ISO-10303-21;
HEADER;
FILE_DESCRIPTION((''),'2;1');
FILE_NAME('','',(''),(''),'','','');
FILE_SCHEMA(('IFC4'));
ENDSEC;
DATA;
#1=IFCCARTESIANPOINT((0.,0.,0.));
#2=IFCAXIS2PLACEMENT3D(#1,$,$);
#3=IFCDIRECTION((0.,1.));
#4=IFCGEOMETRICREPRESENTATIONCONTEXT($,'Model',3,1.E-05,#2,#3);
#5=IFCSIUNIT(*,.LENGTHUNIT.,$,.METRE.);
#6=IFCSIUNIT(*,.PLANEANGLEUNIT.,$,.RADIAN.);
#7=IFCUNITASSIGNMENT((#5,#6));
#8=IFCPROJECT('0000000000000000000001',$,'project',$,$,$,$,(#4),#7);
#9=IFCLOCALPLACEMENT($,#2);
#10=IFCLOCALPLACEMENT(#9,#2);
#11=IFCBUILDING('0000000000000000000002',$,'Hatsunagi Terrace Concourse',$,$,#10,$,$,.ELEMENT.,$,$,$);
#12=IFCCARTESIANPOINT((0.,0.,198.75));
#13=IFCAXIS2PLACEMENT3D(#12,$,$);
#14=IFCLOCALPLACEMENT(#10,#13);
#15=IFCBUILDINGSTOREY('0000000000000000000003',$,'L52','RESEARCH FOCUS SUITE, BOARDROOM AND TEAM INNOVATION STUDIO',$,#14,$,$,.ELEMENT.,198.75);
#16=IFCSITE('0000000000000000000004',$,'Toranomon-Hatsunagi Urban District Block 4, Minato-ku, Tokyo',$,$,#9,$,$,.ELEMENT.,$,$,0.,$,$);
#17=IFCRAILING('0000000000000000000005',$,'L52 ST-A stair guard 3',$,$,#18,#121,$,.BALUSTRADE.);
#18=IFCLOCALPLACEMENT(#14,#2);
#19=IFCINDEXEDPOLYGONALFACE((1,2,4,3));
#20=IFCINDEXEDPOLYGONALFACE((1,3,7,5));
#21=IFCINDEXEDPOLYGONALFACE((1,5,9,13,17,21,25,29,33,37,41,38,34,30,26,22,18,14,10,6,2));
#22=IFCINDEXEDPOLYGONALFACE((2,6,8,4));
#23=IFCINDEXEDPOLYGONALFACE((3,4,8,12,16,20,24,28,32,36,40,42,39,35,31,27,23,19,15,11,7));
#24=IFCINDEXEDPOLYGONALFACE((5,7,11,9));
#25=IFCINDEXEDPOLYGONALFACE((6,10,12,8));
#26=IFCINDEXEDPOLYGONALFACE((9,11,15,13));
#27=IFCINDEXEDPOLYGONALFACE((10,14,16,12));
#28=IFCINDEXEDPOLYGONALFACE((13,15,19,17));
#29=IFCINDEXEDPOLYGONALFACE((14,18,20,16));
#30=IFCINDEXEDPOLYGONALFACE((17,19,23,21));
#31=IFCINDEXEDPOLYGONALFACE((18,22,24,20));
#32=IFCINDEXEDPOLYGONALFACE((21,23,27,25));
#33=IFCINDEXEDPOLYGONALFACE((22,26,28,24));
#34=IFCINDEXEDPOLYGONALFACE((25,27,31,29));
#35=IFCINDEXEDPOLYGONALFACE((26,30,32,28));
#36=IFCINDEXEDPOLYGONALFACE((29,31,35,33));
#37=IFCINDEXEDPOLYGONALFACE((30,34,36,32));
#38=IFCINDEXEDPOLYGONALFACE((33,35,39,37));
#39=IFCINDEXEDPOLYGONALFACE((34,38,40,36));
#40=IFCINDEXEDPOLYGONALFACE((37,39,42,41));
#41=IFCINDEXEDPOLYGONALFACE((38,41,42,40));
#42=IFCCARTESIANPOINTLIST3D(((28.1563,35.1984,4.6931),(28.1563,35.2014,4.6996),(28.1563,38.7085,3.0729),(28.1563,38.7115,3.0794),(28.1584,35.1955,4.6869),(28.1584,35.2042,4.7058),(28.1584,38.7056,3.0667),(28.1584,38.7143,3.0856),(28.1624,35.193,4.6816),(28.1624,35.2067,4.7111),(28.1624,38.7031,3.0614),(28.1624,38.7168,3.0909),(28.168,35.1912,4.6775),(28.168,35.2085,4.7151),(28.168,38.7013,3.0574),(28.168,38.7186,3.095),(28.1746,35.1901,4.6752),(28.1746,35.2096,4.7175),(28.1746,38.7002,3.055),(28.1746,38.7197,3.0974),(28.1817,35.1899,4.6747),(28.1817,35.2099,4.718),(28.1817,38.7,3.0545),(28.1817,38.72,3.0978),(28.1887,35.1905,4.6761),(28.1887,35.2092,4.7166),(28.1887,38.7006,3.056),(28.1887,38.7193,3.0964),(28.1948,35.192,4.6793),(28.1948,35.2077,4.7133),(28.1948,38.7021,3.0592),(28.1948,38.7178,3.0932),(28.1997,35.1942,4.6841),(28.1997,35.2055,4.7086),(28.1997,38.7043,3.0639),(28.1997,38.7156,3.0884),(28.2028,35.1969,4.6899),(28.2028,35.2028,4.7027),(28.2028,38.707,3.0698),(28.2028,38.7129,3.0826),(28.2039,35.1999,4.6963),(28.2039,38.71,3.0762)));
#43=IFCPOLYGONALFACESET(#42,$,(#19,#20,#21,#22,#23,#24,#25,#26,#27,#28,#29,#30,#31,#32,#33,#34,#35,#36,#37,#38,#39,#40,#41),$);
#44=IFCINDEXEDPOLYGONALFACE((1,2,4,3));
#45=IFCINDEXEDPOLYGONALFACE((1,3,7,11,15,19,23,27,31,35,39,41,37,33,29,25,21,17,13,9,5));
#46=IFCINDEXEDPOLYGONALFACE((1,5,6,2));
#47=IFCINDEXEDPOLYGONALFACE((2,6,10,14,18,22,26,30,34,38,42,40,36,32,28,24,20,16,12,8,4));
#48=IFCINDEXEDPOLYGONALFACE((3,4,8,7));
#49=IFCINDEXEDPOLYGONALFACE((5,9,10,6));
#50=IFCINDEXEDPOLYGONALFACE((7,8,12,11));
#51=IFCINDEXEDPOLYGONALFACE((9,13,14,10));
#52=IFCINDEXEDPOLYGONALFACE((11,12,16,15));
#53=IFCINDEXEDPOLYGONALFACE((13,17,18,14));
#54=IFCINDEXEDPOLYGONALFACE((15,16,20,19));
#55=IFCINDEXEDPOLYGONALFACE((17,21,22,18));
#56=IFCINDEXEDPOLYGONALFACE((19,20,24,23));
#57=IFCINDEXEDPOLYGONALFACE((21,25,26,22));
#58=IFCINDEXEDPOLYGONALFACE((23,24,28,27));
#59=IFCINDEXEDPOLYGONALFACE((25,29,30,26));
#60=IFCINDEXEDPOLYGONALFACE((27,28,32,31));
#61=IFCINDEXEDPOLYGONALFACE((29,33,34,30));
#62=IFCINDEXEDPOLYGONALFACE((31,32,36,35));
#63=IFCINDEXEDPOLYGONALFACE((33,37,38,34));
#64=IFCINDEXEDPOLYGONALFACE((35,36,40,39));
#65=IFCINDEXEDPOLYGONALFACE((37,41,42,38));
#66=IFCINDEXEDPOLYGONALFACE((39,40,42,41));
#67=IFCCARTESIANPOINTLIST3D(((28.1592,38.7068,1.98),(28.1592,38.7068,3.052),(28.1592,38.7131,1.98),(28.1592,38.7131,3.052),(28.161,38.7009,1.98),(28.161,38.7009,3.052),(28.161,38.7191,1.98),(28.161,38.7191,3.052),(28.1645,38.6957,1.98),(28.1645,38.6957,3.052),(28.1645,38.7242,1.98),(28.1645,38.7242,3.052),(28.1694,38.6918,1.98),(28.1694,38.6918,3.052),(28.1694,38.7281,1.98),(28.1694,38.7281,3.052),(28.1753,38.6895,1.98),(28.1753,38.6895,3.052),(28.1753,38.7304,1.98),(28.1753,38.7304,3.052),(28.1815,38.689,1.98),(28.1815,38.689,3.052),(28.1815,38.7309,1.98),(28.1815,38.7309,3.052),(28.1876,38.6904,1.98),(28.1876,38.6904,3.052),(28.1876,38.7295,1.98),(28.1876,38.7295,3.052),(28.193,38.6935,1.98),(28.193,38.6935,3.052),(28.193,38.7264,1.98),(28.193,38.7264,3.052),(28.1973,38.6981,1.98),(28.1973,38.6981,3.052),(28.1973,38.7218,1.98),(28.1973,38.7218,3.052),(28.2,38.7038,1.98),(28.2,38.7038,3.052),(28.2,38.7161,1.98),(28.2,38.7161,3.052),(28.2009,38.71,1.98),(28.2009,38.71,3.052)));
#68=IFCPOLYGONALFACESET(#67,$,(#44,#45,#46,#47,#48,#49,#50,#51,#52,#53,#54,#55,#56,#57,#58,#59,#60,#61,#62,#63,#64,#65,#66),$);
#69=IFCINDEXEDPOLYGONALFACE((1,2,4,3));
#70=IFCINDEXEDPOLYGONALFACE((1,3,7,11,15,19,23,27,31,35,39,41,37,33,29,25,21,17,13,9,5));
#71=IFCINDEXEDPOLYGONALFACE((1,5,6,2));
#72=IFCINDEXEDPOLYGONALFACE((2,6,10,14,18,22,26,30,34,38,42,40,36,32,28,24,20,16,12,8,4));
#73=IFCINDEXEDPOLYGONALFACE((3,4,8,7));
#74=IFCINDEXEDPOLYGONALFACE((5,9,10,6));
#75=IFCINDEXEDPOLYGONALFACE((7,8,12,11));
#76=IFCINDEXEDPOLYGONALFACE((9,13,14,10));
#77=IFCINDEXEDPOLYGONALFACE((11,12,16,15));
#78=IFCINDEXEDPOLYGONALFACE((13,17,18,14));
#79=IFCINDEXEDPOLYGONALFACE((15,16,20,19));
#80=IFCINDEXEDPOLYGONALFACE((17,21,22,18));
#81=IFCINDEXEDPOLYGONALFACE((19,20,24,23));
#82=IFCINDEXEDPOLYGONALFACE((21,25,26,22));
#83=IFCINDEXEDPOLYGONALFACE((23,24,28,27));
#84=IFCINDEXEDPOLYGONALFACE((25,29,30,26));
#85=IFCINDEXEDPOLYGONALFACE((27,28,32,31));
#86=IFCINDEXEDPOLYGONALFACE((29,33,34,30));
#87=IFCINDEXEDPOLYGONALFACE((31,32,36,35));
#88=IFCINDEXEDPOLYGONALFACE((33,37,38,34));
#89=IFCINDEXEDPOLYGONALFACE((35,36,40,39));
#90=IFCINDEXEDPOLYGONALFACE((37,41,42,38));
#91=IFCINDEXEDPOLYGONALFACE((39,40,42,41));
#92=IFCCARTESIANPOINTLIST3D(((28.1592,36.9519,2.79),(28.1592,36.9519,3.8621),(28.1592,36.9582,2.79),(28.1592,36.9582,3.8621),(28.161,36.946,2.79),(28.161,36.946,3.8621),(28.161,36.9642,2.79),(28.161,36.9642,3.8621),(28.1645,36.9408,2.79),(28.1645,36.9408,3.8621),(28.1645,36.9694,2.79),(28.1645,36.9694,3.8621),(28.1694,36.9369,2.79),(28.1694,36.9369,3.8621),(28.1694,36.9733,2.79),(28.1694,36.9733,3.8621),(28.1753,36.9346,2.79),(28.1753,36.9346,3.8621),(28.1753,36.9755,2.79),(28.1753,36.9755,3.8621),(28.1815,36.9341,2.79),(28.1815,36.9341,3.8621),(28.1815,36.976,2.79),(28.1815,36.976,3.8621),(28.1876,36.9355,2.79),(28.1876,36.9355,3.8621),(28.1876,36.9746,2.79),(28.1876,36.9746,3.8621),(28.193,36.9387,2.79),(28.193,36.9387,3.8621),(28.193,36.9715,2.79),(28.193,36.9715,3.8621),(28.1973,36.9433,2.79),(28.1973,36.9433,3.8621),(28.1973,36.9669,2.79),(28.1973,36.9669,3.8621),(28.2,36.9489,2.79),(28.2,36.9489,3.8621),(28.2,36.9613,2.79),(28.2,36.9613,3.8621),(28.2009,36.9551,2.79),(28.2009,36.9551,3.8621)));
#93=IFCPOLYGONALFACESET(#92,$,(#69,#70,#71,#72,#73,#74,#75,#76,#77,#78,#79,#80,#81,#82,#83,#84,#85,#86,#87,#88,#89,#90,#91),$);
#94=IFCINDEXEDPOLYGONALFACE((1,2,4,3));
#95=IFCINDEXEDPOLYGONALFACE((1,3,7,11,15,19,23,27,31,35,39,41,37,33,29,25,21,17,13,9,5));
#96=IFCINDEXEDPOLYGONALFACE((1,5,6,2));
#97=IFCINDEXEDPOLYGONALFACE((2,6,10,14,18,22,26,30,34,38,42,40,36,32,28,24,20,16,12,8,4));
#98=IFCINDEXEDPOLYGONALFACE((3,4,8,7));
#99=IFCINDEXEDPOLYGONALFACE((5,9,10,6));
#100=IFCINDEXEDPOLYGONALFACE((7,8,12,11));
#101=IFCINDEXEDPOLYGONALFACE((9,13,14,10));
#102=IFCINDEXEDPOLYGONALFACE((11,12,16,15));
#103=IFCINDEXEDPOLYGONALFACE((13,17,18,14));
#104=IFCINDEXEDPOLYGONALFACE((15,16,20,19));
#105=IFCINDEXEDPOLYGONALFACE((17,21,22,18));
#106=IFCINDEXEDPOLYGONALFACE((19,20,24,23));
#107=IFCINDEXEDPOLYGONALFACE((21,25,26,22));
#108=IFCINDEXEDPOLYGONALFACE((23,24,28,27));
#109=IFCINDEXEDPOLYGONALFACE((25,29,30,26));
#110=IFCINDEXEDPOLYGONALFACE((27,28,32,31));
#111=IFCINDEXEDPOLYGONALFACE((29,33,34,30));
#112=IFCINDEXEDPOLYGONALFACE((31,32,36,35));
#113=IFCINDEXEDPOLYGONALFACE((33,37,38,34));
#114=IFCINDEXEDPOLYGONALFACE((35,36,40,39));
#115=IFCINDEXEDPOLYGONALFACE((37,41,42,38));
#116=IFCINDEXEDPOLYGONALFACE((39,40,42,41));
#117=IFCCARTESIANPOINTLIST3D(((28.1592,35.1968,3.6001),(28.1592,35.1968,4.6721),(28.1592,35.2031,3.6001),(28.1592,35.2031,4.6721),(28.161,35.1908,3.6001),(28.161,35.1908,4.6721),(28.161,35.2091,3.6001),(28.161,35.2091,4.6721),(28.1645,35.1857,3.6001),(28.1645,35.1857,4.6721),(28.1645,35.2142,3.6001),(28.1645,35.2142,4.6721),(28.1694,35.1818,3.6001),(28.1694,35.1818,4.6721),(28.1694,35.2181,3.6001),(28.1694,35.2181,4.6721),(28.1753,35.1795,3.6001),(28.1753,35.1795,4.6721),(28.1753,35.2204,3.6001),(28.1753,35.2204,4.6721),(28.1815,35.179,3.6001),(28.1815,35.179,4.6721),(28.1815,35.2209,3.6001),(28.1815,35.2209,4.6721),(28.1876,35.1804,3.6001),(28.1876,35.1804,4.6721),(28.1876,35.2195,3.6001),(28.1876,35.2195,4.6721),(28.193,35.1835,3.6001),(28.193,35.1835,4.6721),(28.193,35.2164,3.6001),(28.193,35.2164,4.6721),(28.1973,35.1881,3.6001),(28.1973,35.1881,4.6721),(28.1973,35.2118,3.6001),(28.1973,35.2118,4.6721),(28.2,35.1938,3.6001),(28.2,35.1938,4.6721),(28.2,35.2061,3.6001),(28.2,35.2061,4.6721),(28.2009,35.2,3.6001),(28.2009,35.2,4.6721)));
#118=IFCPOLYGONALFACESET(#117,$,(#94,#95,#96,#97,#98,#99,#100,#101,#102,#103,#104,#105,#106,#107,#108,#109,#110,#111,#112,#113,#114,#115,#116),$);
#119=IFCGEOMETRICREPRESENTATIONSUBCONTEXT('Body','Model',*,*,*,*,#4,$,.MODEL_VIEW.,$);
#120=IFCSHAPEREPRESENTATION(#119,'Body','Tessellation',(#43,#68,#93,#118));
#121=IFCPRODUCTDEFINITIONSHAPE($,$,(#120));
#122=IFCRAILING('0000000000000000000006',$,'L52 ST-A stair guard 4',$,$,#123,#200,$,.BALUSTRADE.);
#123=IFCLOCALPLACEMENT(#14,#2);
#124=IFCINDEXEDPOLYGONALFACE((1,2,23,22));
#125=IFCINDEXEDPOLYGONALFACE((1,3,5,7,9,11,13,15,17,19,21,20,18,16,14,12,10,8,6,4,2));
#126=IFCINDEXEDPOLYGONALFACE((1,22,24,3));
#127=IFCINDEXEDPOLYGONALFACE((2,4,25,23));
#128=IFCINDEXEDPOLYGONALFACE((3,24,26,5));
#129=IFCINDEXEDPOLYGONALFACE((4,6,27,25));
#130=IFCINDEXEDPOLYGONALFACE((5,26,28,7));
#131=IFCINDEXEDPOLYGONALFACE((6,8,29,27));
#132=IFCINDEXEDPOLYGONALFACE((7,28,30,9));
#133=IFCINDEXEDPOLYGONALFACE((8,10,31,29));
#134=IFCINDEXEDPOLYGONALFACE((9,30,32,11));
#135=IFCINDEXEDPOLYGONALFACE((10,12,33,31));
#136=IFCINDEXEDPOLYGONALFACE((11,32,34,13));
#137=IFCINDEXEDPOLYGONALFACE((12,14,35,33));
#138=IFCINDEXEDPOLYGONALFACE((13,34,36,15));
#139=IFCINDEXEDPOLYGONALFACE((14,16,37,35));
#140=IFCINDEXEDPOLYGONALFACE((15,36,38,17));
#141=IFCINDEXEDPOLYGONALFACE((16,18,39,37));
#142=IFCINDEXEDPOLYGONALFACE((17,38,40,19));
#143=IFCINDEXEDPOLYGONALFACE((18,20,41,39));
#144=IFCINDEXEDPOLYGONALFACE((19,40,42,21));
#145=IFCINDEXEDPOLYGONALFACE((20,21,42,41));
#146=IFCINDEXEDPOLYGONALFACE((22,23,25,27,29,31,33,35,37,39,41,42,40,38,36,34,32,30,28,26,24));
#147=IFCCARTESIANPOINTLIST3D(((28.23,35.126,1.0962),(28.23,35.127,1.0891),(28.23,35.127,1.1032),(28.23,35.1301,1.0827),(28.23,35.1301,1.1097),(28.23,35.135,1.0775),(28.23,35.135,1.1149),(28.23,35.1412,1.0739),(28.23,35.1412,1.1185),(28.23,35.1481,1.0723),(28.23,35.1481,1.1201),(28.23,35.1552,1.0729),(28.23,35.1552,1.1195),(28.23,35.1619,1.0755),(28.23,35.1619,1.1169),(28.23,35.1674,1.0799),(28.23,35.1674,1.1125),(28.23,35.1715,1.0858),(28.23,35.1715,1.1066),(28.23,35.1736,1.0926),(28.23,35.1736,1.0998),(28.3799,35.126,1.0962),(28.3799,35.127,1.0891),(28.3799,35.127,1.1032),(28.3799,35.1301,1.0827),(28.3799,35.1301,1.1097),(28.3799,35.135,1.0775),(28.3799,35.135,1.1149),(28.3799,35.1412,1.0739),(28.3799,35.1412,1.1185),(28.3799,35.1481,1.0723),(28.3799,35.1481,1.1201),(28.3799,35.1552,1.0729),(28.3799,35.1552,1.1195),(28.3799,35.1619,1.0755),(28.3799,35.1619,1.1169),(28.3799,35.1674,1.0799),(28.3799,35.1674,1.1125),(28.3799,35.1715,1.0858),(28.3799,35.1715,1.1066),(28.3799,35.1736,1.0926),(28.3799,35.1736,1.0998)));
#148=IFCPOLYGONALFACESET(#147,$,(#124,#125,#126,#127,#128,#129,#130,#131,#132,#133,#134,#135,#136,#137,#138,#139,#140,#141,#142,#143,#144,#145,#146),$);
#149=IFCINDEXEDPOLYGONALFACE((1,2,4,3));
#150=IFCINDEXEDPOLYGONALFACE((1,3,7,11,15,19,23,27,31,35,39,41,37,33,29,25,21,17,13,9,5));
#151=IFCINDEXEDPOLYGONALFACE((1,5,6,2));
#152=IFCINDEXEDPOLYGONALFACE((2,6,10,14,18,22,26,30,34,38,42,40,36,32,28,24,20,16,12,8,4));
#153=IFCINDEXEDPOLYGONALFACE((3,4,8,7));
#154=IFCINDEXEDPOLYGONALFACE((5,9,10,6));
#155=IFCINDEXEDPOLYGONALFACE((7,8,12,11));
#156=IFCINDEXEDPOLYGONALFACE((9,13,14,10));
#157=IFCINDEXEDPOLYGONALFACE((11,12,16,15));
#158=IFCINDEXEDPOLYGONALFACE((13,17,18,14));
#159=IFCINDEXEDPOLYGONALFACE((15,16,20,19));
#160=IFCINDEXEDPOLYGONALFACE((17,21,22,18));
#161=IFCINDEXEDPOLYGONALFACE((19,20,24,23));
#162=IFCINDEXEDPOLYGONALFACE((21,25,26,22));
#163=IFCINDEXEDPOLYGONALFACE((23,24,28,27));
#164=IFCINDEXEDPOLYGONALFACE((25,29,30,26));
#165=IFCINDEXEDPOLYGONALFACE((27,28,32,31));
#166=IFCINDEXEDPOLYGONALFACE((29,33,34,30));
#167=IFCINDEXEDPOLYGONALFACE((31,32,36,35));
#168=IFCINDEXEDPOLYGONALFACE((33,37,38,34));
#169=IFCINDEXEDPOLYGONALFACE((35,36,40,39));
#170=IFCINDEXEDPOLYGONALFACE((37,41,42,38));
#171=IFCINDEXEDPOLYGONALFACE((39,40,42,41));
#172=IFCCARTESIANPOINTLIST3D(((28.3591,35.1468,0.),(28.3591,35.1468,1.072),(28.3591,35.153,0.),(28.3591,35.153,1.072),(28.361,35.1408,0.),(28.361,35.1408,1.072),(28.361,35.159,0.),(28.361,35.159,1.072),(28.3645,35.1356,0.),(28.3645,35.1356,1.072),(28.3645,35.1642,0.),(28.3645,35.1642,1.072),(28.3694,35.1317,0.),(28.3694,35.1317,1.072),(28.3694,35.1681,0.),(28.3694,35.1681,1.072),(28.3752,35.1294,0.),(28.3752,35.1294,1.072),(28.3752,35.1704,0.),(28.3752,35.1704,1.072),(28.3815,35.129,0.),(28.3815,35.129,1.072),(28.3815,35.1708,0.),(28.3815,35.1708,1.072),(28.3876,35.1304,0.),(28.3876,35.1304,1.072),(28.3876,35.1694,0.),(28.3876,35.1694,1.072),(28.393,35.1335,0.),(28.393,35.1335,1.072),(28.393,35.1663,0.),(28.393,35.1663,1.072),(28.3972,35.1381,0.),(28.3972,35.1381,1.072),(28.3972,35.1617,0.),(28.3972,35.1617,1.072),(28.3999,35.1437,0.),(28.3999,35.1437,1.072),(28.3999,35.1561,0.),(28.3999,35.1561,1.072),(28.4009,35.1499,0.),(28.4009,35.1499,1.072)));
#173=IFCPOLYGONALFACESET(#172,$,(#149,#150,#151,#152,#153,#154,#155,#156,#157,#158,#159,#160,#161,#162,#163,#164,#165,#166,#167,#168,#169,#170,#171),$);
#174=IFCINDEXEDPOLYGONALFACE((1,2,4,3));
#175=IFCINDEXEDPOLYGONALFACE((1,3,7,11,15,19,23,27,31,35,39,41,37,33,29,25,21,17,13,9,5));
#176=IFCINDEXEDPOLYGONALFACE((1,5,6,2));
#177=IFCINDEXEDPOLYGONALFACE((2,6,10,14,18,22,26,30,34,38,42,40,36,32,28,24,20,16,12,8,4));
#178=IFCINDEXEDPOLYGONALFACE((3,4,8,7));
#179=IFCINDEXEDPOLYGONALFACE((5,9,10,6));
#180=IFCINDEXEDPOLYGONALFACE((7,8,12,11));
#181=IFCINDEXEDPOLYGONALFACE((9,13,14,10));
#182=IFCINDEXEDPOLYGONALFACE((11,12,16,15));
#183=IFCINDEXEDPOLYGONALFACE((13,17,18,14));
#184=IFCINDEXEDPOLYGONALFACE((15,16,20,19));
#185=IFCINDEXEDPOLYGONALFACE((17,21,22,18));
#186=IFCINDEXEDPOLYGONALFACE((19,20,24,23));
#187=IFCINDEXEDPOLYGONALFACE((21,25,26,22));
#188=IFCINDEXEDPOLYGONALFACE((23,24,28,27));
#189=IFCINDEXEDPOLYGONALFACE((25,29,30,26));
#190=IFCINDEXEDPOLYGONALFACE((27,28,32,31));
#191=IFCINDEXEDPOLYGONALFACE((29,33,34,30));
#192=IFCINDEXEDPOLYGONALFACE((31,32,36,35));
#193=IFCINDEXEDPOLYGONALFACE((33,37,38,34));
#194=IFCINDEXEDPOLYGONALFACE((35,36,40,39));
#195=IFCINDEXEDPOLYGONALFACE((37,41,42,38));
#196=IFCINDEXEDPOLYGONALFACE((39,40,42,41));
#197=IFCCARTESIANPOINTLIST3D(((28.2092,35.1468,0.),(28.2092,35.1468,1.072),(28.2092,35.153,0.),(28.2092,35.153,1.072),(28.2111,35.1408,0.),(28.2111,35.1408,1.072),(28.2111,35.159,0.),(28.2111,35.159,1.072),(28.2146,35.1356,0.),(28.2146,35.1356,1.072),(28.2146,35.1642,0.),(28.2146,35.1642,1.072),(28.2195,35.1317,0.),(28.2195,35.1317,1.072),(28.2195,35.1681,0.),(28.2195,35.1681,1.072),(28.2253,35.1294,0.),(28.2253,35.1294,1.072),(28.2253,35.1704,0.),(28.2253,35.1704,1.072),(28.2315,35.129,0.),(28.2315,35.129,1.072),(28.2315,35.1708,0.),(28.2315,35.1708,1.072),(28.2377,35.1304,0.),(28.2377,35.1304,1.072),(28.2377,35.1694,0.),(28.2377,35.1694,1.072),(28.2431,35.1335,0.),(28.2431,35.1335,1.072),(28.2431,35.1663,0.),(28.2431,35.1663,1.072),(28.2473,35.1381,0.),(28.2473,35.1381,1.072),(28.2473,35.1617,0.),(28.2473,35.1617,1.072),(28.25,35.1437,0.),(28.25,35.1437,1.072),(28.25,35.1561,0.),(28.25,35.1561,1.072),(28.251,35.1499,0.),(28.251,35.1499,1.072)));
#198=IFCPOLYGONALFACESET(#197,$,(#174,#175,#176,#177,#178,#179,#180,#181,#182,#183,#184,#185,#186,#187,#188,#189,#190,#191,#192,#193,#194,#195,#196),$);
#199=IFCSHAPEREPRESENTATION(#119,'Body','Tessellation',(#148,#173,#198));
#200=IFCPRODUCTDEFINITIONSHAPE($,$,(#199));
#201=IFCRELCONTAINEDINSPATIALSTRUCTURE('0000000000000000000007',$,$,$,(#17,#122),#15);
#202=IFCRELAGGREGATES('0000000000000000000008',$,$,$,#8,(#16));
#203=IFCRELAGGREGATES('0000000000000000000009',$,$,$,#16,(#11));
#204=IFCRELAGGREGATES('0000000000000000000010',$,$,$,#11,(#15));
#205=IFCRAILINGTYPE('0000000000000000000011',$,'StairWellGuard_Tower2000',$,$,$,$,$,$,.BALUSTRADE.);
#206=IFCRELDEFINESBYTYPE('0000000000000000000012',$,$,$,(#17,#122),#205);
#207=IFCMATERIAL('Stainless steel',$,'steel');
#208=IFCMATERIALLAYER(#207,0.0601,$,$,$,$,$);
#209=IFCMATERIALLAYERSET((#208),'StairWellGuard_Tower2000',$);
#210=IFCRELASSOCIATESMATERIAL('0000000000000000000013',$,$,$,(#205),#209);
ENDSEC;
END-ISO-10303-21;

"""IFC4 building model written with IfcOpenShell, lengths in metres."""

from ifc_helpers import new_model, si_unit, direction, frame, origin, origin_2d, place, context, subcontext, project, spatial, circle, extrude, material, layer, layer_set, type_object, element, save


model = new_model("IFC4")

# Units and contexts
model_context = context("Model", 3, precision=1e-05, world=origin(), true_north=direction((0.0, 1.0)))
body_context = subcontext(model_context, "Body", "Model", "MODEL_VIEW")
ifc_project = project(units=[si_unit("LENGTHUNIT", "METRE"), si_unit("PLANEANGLEUNIT", "RADIAN")], contexts=[model_context])

# Site, building, storey
site_placement = place(None, origin())
site = spatial("IfcSite", under=ifc_project, at=site_placement, Name="Toranomon-Hatsunagi Urban District Block 4, Minato-ku, Tokyo", CompositionType="ELEMENT", RefElevation=0.0)
building_placement = place(site_placement, origin())
building = spatial("IfcBuilding", under=site, at=building_placement, Name="Hatsunagi Terrace Concourse", CompositionType="ELEMENT")
storey_placement = place(building_placement, frame((0.0, 0.0, 198.75)))
storey = spatial("IfcBuildingStorey", under=building, at=storey_placement, Name="L52", Description="RESEARCH FOCUS SUITE, BOARDROOM AND TEAM INNOVATION STUDIO", CompositionType="ELEMENT", Elevation=198.75)

# Railings
ifc_material_1 = material(Name="Stainless steel", Category="steel")
ifc_layer_1 = layer(ifc_material_1, 0.0601)
ifc_layer_set_1 = layer_set([ifc_layer_1], Name="StairWellGuard_Tower2000")
railing_type_1 = type_object("IfcRailingType", Name="StairWellGuard_Tower2000", PredefinedType="BALUSTRADE", material=ifc_layer_set_1)
railing_1_placement = place(storey_placement, frame((28.1799, 38.71, 1.98)))
element("IfcRailing", 1, at=railing_1_placement, inside=storey, type_object=railing_type_1, Name="L52 ST-A stair guard 3", PredefinedType="BALUSTRADE", context=body_context, shape_type="SweptSolid", body=[
    extrude(circle(Radius=0.0239, at=origin_2d()), frame((0.0, 0.0, 1.0962), z_axis=(0.0, -0.907948, 0.419082), x_axis=(1.0, 0.0, 0.0)), (0.0, 0.0, 1.0), 3.866),
    extrude(circle(Radius=0.021, at=origin_2d()), origin(), (0.0, 0.0, 1.0), 1.072),
    extrude(circle(Radius=0.021, at=origin_2d()), frame((0.0, -1.7549, 0.8101)), (0.0, 0.0, 1.0), 1.072),
    extrude(circle(Radius=0.021, at=origin_2d()), frame((0.0, -3.51, 1.6201)), (0.0, 0.0, 1.0), 1.072),
])
railing_2_placement = place(storey_placement, frame((28.3799, 35.1499, 0.0)))
element("IfcRailing", 2, at=railing_2_placement, inside=storey, type_object=railing_type_1, Name="L52 ST-A stair guard 4", PredefinedType="BALUSTRADE", context=body_context, shape_type="SweptSolid", body=[
    extrude(circle(Radius=0.0239, at=origin_2d()), frame((0.0, 0.0, 1.0962), z_axis=(-1.0, 0.0, 0.0), x_axis=(0.0, -1.0, 0.0)), (0.0, 0.0, 1.0), 0.1499),
    extrude(circle(Radius=0.021, at=origin_2d()), origin(), (0.0, 0.0, 1.0), 1.072),
    extrude(circle(Radius=0.021, at=origin_2d()), frame((-0.1499, 0.0, 0.0)), (0.0, 0.0, 1.0), 1.072),
])

save(model, "model.ifc")
